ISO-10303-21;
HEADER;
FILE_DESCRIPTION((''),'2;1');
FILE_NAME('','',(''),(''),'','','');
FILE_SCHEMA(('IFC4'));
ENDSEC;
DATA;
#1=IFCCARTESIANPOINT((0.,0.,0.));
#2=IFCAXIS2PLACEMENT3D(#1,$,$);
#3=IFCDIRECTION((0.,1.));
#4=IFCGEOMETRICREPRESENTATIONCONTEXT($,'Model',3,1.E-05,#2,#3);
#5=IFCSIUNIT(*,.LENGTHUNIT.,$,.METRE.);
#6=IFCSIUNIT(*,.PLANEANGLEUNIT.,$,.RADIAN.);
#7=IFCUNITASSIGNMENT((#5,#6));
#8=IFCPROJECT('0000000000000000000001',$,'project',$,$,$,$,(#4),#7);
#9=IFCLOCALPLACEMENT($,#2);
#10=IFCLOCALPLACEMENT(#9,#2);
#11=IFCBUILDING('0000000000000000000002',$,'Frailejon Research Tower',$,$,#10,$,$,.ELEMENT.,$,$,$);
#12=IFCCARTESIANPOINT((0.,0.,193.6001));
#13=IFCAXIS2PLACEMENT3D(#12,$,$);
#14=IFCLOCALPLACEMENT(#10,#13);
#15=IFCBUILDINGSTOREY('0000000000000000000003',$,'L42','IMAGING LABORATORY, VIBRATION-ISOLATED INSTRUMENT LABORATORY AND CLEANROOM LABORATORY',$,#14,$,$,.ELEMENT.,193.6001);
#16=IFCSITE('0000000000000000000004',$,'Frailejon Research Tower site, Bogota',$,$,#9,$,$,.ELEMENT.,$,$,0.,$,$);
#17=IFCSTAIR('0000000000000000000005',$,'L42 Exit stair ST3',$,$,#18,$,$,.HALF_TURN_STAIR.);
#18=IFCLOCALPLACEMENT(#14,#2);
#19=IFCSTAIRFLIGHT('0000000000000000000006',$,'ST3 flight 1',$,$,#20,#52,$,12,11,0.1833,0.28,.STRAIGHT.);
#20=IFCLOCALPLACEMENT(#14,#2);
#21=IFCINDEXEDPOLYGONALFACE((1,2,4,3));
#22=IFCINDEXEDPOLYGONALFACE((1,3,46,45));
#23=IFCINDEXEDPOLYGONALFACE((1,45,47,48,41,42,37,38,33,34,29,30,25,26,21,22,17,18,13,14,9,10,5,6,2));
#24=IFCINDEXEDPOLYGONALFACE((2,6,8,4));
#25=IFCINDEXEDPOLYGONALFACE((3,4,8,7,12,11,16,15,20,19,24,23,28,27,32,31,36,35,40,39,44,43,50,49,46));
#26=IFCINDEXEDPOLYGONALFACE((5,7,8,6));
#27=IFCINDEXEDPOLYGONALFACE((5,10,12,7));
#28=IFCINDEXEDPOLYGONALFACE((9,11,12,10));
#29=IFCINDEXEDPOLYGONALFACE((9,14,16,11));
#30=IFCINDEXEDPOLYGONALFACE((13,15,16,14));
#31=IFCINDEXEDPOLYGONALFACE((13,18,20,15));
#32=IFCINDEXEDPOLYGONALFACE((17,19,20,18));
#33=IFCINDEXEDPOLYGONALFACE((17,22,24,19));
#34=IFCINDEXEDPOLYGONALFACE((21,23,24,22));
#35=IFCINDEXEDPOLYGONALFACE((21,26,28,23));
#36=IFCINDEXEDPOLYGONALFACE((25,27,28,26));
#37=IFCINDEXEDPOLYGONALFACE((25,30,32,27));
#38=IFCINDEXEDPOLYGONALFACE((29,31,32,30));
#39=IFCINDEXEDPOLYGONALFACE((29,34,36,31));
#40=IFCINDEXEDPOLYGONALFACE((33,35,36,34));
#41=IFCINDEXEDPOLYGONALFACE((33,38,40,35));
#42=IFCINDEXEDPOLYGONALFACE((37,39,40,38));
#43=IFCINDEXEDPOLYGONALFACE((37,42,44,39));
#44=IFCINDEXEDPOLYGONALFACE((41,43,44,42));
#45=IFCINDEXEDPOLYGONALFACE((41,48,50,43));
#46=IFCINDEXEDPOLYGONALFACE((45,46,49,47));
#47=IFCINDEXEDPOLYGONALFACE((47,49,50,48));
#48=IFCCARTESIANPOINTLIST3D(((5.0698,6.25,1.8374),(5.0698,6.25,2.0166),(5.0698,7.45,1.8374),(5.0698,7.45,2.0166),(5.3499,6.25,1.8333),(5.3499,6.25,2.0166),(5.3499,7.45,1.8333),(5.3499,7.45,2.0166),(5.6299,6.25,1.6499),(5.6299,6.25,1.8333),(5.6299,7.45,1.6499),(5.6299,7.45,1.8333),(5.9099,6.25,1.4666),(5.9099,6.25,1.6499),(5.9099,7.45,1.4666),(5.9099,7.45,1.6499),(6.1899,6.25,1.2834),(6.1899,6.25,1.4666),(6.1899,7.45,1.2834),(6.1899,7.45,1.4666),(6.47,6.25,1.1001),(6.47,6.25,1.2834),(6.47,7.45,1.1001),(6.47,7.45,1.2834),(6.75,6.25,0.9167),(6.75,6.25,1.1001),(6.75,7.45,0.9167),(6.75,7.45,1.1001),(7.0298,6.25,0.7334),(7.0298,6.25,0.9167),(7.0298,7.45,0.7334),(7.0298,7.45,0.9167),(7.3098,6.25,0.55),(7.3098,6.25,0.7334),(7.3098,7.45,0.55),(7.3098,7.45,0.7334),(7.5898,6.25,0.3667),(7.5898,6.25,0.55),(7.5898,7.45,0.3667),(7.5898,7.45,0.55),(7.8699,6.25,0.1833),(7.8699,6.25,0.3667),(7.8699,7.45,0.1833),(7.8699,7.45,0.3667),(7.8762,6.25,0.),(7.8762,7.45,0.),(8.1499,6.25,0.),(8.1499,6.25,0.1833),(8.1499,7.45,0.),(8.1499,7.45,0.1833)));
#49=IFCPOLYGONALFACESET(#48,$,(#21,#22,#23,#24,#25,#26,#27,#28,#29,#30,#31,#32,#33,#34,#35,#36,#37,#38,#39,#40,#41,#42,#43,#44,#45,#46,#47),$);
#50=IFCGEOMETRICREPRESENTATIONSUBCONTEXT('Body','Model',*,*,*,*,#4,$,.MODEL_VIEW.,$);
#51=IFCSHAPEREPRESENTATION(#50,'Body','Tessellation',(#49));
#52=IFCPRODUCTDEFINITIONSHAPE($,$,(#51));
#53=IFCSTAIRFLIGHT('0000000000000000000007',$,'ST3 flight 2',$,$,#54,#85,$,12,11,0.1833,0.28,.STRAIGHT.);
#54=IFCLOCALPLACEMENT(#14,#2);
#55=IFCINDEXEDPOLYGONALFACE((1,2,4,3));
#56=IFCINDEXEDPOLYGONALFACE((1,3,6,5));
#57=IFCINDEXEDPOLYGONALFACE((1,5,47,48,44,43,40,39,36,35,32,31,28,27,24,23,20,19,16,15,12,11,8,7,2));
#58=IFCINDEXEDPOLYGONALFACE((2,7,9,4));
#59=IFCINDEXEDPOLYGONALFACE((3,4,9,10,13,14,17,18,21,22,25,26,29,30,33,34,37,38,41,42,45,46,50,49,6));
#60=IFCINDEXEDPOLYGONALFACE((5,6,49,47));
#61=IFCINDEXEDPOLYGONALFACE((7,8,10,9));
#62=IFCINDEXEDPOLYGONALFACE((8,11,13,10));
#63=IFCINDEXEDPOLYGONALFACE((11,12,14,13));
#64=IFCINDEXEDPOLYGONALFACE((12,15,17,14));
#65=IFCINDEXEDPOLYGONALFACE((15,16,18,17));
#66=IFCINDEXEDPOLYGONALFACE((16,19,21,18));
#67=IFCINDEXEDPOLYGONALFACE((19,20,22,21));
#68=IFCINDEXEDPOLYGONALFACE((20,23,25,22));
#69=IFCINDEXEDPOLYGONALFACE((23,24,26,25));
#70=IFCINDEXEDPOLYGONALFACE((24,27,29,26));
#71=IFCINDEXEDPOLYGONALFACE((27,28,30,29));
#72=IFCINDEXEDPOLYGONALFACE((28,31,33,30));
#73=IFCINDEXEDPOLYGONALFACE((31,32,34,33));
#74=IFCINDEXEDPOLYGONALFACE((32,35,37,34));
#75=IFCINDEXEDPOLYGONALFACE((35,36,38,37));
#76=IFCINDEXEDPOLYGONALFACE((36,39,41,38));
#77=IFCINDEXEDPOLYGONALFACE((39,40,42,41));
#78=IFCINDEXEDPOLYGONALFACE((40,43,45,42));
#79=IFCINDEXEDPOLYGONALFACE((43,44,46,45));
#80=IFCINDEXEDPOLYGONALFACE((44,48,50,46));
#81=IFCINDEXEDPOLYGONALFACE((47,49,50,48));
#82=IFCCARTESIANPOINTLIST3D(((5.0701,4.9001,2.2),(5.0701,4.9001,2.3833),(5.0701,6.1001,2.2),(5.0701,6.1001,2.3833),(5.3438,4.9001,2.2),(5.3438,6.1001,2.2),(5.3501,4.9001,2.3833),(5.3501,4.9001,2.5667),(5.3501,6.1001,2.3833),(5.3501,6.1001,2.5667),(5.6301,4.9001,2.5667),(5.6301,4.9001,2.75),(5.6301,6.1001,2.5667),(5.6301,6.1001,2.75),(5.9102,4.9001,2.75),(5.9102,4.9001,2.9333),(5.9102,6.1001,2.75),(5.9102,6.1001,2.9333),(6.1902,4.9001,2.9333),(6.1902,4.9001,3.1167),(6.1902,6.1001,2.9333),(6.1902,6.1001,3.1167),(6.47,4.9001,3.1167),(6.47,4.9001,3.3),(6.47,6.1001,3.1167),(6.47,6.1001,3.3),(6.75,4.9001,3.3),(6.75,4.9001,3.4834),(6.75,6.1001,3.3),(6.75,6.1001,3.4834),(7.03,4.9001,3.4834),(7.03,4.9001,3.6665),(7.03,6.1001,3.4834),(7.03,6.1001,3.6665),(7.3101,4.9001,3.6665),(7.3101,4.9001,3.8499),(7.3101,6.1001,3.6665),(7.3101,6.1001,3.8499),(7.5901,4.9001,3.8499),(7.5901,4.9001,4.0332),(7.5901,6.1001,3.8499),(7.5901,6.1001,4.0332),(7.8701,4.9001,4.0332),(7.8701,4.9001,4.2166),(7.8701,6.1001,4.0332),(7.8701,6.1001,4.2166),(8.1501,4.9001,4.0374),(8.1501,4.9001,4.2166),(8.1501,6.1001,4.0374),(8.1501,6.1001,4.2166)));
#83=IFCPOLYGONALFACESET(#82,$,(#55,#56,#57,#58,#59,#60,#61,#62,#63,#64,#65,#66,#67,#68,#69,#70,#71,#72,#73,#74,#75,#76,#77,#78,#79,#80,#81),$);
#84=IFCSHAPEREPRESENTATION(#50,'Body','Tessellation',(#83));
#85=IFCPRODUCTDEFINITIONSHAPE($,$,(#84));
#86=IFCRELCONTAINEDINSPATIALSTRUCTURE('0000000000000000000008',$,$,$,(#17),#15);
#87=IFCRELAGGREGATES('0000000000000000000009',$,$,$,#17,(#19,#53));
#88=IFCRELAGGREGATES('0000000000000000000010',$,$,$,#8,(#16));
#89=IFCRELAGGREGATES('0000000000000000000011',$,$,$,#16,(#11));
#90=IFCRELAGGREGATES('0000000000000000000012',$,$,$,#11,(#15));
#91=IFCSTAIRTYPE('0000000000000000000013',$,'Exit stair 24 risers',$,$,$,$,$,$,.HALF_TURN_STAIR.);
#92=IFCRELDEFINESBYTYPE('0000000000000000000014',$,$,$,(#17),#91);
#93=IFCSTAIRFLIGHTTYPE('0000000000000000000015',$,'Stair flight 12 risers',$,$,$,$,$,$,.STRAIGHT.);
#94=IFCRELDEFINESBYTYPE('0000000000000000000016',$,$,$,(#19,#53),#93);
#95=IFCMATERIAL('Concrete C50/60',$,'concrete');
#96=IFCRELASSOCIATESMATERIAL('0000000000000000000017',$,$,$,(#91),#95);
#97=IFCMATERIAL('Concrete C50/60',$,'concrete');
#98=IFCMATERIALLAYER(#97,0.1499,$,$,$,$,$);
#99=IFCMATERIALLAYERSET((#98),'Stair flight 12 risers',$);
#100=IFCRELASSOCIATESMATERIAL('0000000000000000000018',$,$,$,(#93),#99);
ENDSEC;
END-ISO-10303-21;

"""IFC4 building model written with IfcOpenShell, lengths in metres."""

from ifc_helpers import new_model, si_unit, direction, frame, origin, place, context, subcontext, project, spatial, polyline, outline, extrude, material, layer, layer_set, type_object, element, aggregate, save


model = new_model("IFC4")

# Units and contexts
model_context = context("Model", 3, precision=1e-05, world=origin(), true_north=direction((0.0, 1.0)))
body_context = subcontext(model_context, "Body", "Model", "MODEL_VIEW")
ifc_project = project(units=[si_unit("LENGTHUNIT", "METRE"), si_unit("PLANEANGLEUNIT", "RADIAN")], contexts=[model_context])

# Site, building, storey
site_placement = place(None, origin())
site = spatial("IfcSite", under=ifc_project, at=site_placement, Name="Frailejon Research Tower site, Bogota", CompositionType="ELEMENT", RefElevation=0.0)
building_placement = place(site_placement, origin())
building = spatial("IfcBuilding", under=site, at=building_placement, Name="Frailejon Research Tower", CompositionType="ELEMENT")
storey_placement = place(building_placement, frame((0.0, 0.0, 193.6001)))
storey = spatial("IfcBuildingStorey", under=building, at=storey_placement, Name="L42", Description="IMAGING LABORATORY, VIBRATION-ISOLATED INSTRUMENT LABORATORY AND CLEANROOM LABORATORY", CompositionType="ELEMENT", Elevation=193.6001)

# Stair
ifc_material_1 = material(Name="Concrete C50/60", Category="concrete")
stair_type = type_object("IfcStairType", Name="Exit stair 24 risers", PredefinedType="HALF_TURN_STAIR", material=ifc_material_1)
stair_1_placement = place(storey_placement, origin())
stair_1 = element("IfcStair", 1, at=stair_1_placement, inside=storey, type_object=stair_type, Name="L42 Exit stair ST3", PredefinedType="HALF_TURN_STAIR")

# Stair flights
ifc_material_2 = material(Name="Concrete C50/60", Category="concrete")
ifc_layer_1 = layer(ifc_material_2, 0.1499)
ifc_layer_set_1 = layer_set([ifc_layer_1], Name="Stair flight 12 risers")
stair_flight_type = type_object("IfcStairFlightType", Name="Stair flight 12 risers", PredefinedType="STRAIGHT", material=ifc_layer_set_1)
stair_flight_1_placement = place(storey_placement, frame((8.1499, 6.8501, 0.0), z_axis=(0.0, 0.0, 1.0), x_axis=(-1.0, 0.0, 0.0)))
stair_flight_1 = element("IfcStairFlight", 2, at=stair_flight_1_placement, type_object=stair_flight_type, Name="ST3 flight 1", NumberOfRisers=12, NumberOfTreads=11, PredefinedType="STRAIGHT", RiserHeight=0.1833, TreadLength=0.28, context=body_context, shape_type="SweptSolid", body=[
    extrude(outline(polyline([(0.0, 0.0), (0.0, 0.1833), (0.28, 0.1833), (0.28, 0.3667), (0.5601, 0.3667), (0.5601, 0.55), (0.8401, 0.55), (0.8401, 0.7334), (1.1201, 0.7334), (1.1201, 0.9167), (1.3999, 0.9167), (1.3999, 1.1001), (1.6799, 1.1001), (1.6799, 1.2834), (1.96, 1.2834), (1.96, 1.4666), (2.24, 1.4666), (2.24, 1.6499), (2.52, 1.6499), (2.52, 1.8333), (2.8, 1.8333), (2.8, 2.0166), (3.0801, 2.0166), (3.0801, 2.2), (3.0801, 1.8374), (0.2737, 0.0), (0.0, 0.0)])), frame((0.0, 0.6001, 0.0), z_axis=(0.0, -1.0, 0.0), x_axis=(1.0, 0.0, 0.0)), (0.0, 0.0, 1.0), 1.2),
])
stair_flight_2_placement = place(storey_placement, frame((5.0701, 5.5, 2.2), z_axis=(0.0, 0.0, 1.0), x_axis=(1.0, 0.0, 0.0)))
stair_flight_2 = element("IfcStairFlight", 3, at=stair_flight_2_placement, type_object=stair_flight_type, Name="ST3 flight 2", NumberOfRisers=12, NumberOfTreads=11, PredefinedType="STRAIGHT", RiserHeight=0.1833, TreadLength=0.28, context=body_context, shape_type="SweptSolid", body=[
    extrude(outline(polyline([(0.0, 0.0), (0.0, 0.1833), (0.28, 0.1833), (0.28, 0.3667), (0.5601, 0.3667), (0.5601, 0.55), (0.8401, 0.55), (0.8401, 0.7334), (1.1201, 0.7334), (1.1201, 0.9167), (1.3999, 0.9167), (1.3999, 1.1001), (1.6799, 1.1001), (1.6799, 1.2834), (1.96, 1.2834), (1.96, 1.4666), (2.24, 1.4666), (2.24, 1.6499), (2.52, 1.6499), (2.52, 1.8333), (2.8, 1.8333), (2.8, 2.0166), (3.0801, 2.0166), (3.0801, 2.2), (3.0801, 1.8374), (0.2737, 0.0), (0.0, 0.0)])), frame((0.0, 0.6001, 0.0), z_axis=(0.0, -1.0, 0.0), x_axis=(1.0, 0.0, 0.0)), (0.0, 0.0, 1.0), 1.2),
])
aggregate(stair_1, [stair_flight_1, stair_flight_2])

save(model, "model.ifc")
